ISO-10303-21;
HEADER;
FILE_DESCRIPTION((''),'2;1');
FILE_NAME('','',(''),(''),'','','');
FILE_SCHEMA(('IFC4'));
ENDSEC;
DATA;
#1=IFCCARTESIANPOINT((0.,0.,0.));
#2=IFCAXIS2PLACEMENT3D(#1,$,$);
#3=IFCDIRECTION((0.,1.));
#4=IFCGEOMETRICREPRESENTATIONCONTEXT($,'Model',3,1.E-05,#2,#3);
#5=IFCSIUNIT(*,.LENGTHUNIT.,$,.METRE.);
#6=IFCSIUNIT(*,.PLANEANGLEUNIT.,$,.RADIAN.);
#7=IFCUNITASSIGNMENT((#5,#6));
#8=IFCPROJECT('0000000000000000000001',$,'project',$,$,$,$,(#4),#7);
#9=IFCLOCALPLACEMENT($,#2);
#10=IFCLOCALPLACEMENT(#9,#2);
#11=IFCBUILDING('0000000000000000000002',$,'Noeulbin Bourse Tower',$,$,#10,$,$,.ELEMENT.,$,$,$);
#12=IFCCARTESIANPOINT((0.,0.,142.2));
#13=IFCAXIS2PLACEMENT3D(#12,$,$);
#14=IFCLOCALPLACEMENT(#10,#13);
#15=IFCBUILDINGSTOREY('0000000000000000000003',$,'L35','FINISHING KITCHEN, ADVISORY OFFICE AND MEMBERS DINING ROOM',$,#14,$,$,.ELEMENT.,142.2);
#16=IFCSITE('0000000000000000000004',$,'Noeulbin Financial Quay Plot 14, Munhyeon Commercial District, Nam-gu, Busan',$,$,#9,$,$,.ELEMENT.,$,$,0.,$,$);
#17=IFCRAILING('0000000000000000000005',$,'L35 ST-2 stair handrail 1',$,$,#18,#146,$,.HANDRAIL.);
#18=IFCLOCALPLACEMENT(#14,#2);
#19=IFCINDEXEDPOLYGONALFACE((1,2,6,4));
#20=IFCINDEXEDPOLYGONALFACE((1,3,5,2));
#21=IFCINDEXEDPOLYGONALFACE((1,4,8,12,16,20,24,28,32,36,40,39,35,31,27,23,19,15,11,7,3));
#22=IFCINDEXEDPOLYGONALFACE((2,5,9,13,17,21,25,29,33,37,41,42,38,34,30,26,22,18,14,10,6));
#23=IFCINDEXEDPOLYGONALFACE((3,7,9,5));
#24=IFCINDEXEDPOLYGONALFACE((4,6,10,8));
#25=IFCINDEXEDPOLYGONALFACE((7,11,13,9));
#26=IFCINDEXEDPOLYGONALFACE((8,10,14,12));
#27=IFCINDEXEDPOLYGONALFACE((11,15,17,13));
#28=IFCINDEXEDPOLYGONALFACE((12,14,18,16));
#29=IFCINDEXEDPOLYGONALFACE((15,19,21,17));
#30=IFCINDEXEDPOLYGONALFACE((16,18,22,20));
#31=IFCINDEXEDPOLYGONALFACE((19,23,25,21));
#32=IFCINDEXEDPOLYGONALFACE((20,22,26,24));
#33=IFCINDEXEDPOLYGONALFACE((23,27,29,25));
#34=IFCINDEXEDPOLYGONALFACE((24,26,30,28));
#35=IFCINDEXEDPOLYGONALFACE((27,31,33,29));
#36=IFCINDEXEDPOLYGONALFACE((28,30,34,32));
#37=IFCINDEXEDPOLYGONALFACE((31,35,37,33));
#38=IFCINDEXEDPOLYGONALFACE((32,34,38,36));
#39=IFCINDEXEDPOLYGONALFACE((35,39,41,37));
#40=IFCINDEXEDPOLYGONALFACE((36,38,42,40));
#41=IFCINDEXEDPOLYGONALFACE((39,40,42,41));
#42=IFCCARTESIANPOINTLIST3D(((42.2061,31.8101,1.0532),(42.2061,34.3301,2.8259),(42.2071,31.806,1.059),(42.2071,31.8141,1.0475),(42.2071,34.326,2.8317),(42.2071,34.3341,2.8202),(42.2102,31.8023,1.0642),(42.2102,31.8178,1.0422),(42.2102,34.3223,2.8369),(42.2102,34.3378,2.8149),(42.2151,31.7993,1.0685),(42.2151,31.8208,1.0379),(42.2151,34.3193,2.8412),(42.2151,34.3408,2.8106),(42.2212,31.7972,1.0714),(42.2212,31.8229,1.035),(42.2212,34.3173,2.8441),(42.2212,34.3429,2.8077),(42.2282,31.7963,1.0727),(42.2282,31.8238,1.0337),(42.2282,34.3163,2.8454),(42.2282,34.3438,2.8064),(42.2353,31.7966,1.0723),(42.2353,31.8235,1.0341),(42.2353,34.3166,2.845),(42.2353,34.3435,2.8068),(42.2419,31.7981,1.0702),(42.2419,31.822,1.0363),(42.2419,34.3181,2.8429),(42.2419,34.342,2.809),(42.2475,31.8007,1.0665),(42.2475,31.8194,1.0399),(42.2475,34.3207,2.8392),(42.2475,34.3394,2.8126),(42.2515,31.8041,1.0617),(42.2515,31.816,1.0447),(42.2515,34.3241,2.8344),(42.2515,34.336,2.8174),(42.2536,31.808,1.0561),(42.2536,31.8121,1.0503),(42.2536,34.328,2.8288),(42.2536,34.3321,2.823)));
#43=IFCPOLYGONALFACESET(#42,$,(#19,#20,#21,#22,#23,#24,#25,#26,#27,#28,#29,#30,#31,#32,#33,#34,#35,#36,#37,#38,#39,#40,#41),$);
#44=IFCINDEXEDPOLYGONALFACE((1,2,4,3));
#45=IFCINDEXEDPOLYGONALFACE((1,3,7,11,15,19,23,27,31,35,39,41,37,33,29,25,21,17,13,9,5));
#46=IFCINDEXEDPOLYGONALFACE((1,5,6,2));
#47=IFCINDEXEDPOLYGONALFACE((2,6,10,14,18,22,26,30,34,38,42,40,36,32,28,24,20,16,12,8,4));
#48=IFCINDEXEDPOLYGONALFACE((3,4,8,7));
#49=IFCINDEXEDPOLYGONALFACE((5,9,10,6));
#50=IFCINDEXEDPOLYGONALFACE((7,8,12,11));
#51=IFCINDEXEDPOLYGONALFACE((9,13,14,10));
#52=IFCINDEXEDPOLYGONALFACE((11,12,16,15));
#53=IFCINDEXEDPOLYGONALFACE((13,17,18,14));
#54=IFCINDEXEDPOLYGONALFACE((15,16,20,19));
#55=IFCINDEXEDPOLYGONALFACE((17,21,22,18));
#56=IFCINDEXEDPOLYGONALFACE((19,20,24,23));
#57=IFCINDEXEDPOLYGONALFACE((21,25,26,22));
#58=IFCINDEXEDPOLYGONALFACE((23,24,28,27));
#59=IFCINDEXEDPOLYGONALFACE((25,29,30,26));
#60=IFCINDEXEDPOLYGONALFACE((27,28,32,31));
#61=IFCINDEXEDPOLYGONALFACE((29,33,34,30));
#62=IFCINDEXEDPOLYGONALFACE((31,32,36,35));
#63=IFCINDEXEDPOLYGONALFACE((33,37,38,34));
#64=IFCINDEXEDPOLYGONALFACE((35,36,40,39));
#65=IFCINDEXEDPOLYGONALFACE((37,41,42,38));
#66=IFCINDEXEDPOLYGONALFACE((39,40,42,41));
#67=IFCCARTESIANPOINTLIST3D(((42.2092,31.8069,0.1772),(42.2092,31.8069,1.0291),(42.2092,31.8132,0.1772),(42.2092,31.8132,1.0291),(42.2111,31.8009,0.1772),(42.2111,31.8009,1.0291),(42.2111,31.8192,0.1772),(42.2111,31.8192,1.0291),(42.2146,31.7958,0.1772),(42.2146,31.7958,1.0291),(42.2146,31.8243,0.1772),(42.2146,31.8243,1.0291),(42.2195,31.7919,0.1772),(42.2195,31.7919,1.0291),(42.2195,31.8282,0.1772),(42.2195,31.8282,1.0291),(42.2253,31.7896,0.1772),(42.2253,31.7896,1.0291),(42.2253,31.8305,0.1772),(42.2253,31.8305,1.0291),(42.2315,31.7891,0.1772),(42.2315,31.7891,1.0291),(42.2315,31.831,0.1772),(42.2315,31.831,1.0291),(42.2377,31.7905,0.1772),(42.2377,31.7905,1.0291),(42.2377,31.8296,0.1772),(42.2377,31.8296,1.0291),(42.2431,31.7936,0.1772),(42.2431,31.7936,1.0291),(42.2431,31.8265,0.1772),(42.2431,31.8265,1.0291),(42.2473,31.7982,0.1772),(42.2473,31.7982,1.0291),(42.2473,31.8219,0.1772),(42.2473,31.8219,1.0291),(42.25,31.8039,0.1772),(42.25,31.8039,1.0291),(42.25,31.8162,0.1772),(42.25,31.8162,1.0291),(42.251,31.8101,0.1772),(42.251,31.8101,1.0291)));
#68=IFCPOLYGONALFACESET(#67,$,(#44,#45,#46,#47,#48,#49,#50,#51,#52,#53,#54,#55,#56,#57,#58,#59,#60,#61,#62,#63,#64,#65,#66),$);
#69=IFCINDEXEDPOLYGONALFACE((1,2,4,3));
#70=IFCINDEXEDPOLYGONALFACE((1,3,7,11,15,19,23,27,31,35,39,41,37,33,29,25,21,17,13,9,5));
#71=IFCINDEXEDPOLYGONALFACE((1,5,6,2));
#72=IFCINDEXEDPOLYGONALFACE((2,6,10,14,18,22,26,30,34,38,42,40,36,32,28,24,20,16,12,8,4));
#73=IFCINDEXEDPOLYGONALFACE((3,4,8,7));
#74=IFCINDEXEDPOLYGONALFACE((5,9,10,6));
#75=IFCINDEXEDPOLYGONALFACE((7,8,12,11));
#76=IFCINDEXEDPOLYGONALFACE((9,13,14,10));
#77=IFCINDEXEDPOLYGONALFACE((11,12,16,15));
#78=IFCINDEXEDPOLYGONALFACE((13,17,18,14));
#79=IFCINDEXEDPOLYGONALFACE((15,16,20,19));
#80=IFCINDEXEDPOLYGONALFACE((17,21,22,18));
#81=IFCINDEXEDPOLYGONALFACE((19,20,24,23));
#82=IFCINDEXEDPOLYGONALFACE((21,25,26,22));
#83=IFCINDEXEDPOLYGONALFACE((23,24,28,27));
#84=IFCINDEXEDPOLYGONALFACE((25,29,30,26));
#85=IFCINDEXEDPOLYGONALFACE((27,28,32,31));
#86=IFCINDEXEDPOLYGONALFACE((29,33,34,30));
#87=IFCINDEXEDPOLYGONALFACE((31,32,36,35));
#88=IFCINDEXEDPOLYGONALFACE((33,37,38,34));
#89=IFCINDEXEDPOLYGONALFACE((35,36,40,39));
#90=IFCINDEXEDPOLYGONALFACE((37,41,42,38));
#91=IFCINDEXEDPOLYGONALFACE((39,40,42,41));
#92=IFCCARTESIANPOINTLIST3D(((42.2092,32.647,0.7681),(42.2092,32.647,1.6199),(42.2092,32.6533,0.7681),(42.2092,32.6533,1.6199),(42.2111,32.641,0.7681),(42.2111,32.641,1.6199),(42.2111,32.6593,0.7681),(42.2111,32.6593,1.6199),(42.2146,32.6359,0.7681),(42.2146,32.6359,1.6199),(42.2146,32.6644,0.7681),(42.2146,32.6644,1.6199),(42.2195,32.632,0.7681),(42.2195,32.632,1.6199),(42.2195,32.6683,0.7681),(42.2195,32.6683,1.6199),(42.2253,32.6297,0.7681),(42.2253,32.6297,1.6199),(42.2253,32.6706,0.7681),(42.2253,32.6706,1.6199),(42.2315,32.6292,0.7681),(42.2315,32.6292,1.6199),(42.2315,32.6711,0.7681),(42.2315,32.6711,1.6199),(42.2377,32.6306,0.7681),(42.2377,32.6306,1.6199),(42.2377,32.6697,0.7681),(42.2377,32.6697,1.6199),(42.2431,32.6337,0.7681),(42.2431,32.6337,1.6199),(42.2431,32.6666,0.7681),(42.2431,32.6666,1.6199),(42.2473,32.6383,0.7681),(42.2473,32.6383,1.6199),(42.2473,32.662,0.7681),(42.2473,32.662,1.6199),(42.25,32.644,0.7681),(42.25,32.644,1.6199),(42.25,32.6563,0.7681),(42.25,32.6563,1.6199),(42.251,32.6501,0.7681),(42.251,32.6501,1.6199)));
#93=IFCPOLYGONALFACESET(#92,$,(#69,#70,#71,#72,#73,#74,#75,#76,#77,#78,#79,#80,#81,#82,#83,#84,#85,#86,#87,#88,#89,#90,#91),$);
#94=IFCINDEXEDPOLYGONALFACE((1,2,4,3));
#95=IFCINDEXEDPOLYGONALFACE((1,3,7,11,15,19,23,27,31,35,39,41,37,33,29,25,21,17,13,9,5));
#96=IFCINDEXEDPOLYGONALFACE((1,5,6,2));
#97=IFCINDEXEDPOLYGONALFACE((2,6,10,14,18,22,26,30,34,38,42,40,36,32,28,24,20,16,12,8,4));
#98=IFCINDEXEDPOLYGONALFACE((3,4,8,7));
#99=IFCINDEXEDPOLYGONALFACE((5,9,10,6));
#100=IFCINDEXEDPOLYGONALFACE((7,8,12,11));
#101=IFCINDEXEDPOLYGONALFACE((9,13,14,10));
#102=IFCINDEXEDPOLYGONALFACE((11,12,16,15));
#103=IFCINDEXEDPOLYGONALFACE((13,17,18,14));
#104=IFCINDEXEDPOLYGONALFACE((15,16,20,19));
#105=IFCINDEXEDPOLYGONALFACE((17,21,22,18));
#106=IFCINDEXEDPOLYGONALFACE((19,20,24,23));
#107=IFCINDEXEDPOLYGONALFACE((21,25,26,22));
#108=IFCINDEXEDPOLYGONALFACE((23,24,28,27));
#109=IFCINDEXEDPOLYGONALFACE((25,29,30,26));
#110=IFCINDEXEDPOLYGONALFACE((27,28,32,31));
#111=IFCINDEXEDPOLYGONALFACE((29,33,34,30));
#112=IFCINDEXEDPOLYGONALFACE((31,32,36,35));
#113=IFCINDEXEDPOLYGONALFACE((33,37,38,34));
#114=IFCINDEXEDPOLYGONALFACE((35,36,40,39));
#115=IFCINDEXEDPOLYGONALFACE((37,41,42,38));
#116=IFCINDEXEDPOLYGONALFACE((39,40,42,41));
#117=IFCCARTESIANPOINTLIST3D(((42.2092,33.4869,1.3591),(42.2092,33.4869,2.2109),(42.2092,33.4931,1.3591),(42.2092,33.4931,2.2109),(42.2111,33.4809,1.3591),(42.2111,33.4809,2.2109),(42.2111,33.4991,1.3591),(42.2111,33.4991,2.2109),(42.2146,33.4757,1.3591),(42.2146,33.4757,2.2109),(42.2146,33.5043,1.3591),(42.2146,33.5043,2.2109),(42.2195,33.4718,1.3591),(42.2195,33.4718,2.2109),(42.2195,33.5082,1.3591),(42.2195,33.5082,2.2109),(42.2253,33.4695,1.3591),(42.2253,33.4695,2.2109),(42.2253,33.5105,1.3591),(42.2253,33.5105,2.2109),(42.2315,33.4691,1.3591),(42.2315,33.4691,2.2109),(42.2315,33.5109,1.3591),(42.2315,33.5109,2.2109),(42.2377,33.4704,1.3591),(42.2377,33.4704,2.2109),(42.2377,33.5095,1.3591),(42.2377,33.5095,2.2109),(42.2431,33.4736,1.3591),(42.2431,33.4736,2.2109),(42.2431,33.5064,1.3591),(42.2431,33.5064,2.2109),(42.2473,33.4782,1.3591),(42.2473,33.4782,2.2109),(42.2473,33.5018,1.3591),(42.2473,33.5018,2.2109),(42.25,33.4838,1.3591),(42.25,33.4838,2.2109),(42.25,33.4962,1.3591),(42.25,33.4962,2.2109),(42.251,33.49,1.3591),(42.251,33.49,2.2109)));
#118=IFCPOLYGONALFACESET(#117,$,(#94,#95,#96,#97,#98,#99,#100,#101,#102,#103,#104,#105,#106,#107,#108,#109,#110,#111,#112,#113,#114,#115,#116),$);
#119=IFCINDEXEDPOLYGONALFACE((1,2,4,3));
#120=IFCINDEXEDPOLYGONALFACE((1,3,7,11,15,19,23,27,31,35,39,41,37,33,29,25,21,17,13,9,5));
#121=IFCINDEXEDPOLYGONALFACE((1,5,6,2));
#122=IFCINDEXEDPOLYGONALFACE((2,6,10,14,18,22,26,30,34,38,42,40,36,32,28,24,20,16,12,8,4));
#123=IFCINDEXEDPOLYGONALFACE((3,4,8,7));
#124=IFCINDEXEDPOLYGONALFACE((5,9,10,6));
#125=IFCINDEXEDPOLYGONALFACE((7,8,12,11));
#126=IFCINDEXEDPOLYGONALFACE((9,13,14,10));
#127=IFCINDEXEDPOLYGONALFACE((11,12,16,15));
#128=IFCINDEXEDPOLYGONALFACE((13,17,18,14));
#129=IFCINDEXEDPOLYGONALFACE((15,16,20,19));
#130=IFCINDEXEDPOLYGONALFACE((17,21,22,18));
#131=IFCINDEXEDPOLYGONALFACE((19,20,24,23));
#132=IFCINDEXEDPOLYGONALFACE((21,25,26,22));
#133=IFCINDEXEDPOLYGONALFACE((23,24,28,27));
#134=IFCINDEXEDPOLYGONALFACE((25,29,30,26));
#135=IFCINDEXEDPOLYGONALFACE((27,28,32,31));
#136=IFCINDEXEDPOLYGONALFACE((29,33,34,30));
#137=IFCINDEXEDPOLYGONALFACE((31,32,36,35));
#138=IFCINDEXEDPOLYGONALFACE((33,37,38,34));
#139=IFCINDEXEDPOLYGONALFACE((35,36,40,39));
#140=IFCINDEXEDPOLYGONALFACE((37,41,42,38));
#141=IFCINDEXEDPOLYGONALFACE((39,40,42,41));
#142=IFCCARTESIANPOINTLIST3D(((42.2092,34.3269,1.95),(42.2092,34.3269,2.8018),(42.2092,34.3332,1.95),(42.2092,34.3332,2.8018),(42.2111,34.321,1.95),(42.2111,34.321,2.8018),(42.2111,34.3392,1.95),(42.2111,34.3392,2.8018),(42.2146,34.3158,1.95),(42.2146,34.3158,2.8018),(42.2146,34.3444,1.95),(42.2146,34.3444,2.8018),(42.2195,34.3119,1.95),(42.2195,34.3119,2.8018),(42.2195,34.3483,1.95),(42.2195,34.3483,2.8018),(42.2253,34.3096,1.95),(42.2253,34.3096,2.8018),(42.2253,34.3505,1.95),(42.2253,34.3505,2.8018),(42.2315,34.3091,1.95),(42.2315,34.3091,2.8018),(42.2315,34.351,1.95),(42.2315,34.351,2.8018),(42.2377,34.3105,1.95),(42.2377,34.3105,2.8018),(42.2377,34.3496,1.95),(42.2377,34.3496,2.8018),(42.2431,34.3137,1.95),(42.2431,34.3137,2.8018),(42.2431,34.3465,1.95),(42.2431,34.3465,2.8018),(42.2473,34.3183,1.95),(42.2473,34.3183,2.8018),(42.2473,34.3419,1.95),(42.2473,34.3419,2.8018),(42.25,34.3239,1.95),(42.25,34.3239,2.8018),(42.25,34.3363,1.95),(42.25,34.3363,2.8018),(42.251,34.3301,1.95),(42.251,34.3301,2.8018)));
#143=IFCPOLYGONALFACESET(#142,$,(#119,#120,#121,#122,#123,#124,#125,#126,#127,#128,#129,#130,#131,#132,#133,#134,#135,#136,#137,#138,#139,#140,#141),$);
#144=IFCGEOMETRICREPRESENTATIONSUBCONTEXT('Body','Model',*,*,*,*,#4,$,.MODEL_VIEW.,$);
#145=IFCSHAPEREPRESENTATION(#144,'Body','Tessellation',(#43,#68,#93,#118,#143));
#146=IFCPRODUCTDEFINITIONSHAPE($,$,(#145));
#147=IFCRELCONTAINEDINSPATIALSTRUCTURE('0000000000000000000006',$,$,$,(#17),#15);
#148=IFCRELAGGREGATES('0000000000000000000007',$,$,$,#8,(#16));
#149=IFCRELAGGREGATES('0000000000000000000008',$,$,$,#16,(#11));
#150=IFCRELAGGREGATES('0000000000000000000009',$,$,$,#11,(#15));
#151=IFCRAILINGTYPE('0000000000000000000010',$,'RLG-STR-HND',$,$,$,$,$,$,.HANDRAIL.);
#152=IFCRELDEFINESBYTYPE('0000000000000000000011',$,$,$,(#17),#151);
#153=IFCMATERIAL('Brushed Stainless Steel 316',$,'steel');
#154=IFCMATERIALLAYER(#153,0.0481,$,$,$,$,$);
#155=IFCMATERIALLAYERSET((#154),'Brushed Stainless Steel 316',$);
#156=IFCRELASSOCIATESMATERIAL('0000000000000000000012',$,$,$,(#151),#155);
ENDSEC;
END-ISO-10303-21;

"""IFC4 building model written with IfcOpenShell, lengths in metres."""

from ifc_helpers import new_model, si_unit, direction, frame, origin, origin_2d, place, context, subcontext, project, spatial, circle, extrude, material, layer, layer_set, type_object, element, save


model = new_model("IFC4")

# Units and contexts
model_context = context("Model", 3, precision=1e-05, world=origin(), true_north=direction((0.0, 1.0)))
body_context = subcontext(model_context, "Body", "Model", "MODEL_VIEW")
ifc_project = project(units=[si_unit("LENGTHUNIT", "METRE"), si_unit("PLANEANGLEUNIT", "RADIAN")], contexts=[model_context])

# Site, building, storey
site_placement = place(None, origin())
site = spatial("IfcSite", under=ifc_project, at=site_placement, Name="Noeulbin Financial Quay Plot 14, Munhyeon Commercial District, Nam-gu, Busan", CompositionType="ELEMENT", RefElevation=0.0)
building_placement = place(site_placement, origin())
building = spatial("IfcBuilding", under=site, at=building_placement, Name="Noeulbin Bourse Tower", CompositionType="ELEMENT")
storey_placement = place(building_placement, frame((0.0, 0.0, 142.2)))
storey = spatial("IfcBuildingStorey", under=building, at=storey_placement, Name="L35", Description="FINISHING KITCHEN, ADVISORY OFFICE AND MEMBERS DINING ROOM", CompositionType="ELEMENT", Elevation=142.2)

# Railing
ifc_material_1 = material(Name="Brushed Stainless Steel 316", Category="steel")
ifc_layer_1 = layer(ifc_material_1, 0.0481)
ifc_layer_set_1 = layer_set([ifc_layer_1], Name="Brushed Stainless Steel 316")
railing_type_1 = type_object("IfcRailingType", Name="RLG-STR-HND", PredefinedType="HANDRAIL", material=ifc_layer_set_1)
railing_1_placement = place(storey_placement, frame((42.23, 31.8101, 0.1772)))
element("IfcRailing", 1, at=railing_1_placement, inside=storey, type_object=railing_type_1, Name="L35 ST-2 stair handrail 1", PredefinedType="HANDRAIL", context=body_context, shape_type="SweptSolid", body=[
    extrude(circle(Radius=0.0239, at=origin_2d()), frame((0.0, 0.0, 0.876), z_axis=(0.0, 0.817904, 0.575354), x_axis=(-1.0, 0.0, 0.0)), (0.0, 0.0, 1.0), 3.0811),
    extrude(circle(Radius=0.021, at=origin_2d()), origin(), (0.0, 0.0, 1.0), 0.8518),
    extrude(circle(Radius=0.021, at=origin_2d()), frame((0.0, 0.8401, 0.5908)), (0.0, 0.0, 1.0), 0.8518),
    extrude(circle(Radius=0.021, at=origin_2d()), frame((0.0, 1.6799, 1.1819)), (0.0, 0.0, 1.0), 0.8518),
    extrude(circle(Radius=0.021, at=origin_2d()), frame((0.0, 2.52, 1.7727)), (0.0, 0.0, 1.0), 0.8518),
])

save(model, "model.ifc")
